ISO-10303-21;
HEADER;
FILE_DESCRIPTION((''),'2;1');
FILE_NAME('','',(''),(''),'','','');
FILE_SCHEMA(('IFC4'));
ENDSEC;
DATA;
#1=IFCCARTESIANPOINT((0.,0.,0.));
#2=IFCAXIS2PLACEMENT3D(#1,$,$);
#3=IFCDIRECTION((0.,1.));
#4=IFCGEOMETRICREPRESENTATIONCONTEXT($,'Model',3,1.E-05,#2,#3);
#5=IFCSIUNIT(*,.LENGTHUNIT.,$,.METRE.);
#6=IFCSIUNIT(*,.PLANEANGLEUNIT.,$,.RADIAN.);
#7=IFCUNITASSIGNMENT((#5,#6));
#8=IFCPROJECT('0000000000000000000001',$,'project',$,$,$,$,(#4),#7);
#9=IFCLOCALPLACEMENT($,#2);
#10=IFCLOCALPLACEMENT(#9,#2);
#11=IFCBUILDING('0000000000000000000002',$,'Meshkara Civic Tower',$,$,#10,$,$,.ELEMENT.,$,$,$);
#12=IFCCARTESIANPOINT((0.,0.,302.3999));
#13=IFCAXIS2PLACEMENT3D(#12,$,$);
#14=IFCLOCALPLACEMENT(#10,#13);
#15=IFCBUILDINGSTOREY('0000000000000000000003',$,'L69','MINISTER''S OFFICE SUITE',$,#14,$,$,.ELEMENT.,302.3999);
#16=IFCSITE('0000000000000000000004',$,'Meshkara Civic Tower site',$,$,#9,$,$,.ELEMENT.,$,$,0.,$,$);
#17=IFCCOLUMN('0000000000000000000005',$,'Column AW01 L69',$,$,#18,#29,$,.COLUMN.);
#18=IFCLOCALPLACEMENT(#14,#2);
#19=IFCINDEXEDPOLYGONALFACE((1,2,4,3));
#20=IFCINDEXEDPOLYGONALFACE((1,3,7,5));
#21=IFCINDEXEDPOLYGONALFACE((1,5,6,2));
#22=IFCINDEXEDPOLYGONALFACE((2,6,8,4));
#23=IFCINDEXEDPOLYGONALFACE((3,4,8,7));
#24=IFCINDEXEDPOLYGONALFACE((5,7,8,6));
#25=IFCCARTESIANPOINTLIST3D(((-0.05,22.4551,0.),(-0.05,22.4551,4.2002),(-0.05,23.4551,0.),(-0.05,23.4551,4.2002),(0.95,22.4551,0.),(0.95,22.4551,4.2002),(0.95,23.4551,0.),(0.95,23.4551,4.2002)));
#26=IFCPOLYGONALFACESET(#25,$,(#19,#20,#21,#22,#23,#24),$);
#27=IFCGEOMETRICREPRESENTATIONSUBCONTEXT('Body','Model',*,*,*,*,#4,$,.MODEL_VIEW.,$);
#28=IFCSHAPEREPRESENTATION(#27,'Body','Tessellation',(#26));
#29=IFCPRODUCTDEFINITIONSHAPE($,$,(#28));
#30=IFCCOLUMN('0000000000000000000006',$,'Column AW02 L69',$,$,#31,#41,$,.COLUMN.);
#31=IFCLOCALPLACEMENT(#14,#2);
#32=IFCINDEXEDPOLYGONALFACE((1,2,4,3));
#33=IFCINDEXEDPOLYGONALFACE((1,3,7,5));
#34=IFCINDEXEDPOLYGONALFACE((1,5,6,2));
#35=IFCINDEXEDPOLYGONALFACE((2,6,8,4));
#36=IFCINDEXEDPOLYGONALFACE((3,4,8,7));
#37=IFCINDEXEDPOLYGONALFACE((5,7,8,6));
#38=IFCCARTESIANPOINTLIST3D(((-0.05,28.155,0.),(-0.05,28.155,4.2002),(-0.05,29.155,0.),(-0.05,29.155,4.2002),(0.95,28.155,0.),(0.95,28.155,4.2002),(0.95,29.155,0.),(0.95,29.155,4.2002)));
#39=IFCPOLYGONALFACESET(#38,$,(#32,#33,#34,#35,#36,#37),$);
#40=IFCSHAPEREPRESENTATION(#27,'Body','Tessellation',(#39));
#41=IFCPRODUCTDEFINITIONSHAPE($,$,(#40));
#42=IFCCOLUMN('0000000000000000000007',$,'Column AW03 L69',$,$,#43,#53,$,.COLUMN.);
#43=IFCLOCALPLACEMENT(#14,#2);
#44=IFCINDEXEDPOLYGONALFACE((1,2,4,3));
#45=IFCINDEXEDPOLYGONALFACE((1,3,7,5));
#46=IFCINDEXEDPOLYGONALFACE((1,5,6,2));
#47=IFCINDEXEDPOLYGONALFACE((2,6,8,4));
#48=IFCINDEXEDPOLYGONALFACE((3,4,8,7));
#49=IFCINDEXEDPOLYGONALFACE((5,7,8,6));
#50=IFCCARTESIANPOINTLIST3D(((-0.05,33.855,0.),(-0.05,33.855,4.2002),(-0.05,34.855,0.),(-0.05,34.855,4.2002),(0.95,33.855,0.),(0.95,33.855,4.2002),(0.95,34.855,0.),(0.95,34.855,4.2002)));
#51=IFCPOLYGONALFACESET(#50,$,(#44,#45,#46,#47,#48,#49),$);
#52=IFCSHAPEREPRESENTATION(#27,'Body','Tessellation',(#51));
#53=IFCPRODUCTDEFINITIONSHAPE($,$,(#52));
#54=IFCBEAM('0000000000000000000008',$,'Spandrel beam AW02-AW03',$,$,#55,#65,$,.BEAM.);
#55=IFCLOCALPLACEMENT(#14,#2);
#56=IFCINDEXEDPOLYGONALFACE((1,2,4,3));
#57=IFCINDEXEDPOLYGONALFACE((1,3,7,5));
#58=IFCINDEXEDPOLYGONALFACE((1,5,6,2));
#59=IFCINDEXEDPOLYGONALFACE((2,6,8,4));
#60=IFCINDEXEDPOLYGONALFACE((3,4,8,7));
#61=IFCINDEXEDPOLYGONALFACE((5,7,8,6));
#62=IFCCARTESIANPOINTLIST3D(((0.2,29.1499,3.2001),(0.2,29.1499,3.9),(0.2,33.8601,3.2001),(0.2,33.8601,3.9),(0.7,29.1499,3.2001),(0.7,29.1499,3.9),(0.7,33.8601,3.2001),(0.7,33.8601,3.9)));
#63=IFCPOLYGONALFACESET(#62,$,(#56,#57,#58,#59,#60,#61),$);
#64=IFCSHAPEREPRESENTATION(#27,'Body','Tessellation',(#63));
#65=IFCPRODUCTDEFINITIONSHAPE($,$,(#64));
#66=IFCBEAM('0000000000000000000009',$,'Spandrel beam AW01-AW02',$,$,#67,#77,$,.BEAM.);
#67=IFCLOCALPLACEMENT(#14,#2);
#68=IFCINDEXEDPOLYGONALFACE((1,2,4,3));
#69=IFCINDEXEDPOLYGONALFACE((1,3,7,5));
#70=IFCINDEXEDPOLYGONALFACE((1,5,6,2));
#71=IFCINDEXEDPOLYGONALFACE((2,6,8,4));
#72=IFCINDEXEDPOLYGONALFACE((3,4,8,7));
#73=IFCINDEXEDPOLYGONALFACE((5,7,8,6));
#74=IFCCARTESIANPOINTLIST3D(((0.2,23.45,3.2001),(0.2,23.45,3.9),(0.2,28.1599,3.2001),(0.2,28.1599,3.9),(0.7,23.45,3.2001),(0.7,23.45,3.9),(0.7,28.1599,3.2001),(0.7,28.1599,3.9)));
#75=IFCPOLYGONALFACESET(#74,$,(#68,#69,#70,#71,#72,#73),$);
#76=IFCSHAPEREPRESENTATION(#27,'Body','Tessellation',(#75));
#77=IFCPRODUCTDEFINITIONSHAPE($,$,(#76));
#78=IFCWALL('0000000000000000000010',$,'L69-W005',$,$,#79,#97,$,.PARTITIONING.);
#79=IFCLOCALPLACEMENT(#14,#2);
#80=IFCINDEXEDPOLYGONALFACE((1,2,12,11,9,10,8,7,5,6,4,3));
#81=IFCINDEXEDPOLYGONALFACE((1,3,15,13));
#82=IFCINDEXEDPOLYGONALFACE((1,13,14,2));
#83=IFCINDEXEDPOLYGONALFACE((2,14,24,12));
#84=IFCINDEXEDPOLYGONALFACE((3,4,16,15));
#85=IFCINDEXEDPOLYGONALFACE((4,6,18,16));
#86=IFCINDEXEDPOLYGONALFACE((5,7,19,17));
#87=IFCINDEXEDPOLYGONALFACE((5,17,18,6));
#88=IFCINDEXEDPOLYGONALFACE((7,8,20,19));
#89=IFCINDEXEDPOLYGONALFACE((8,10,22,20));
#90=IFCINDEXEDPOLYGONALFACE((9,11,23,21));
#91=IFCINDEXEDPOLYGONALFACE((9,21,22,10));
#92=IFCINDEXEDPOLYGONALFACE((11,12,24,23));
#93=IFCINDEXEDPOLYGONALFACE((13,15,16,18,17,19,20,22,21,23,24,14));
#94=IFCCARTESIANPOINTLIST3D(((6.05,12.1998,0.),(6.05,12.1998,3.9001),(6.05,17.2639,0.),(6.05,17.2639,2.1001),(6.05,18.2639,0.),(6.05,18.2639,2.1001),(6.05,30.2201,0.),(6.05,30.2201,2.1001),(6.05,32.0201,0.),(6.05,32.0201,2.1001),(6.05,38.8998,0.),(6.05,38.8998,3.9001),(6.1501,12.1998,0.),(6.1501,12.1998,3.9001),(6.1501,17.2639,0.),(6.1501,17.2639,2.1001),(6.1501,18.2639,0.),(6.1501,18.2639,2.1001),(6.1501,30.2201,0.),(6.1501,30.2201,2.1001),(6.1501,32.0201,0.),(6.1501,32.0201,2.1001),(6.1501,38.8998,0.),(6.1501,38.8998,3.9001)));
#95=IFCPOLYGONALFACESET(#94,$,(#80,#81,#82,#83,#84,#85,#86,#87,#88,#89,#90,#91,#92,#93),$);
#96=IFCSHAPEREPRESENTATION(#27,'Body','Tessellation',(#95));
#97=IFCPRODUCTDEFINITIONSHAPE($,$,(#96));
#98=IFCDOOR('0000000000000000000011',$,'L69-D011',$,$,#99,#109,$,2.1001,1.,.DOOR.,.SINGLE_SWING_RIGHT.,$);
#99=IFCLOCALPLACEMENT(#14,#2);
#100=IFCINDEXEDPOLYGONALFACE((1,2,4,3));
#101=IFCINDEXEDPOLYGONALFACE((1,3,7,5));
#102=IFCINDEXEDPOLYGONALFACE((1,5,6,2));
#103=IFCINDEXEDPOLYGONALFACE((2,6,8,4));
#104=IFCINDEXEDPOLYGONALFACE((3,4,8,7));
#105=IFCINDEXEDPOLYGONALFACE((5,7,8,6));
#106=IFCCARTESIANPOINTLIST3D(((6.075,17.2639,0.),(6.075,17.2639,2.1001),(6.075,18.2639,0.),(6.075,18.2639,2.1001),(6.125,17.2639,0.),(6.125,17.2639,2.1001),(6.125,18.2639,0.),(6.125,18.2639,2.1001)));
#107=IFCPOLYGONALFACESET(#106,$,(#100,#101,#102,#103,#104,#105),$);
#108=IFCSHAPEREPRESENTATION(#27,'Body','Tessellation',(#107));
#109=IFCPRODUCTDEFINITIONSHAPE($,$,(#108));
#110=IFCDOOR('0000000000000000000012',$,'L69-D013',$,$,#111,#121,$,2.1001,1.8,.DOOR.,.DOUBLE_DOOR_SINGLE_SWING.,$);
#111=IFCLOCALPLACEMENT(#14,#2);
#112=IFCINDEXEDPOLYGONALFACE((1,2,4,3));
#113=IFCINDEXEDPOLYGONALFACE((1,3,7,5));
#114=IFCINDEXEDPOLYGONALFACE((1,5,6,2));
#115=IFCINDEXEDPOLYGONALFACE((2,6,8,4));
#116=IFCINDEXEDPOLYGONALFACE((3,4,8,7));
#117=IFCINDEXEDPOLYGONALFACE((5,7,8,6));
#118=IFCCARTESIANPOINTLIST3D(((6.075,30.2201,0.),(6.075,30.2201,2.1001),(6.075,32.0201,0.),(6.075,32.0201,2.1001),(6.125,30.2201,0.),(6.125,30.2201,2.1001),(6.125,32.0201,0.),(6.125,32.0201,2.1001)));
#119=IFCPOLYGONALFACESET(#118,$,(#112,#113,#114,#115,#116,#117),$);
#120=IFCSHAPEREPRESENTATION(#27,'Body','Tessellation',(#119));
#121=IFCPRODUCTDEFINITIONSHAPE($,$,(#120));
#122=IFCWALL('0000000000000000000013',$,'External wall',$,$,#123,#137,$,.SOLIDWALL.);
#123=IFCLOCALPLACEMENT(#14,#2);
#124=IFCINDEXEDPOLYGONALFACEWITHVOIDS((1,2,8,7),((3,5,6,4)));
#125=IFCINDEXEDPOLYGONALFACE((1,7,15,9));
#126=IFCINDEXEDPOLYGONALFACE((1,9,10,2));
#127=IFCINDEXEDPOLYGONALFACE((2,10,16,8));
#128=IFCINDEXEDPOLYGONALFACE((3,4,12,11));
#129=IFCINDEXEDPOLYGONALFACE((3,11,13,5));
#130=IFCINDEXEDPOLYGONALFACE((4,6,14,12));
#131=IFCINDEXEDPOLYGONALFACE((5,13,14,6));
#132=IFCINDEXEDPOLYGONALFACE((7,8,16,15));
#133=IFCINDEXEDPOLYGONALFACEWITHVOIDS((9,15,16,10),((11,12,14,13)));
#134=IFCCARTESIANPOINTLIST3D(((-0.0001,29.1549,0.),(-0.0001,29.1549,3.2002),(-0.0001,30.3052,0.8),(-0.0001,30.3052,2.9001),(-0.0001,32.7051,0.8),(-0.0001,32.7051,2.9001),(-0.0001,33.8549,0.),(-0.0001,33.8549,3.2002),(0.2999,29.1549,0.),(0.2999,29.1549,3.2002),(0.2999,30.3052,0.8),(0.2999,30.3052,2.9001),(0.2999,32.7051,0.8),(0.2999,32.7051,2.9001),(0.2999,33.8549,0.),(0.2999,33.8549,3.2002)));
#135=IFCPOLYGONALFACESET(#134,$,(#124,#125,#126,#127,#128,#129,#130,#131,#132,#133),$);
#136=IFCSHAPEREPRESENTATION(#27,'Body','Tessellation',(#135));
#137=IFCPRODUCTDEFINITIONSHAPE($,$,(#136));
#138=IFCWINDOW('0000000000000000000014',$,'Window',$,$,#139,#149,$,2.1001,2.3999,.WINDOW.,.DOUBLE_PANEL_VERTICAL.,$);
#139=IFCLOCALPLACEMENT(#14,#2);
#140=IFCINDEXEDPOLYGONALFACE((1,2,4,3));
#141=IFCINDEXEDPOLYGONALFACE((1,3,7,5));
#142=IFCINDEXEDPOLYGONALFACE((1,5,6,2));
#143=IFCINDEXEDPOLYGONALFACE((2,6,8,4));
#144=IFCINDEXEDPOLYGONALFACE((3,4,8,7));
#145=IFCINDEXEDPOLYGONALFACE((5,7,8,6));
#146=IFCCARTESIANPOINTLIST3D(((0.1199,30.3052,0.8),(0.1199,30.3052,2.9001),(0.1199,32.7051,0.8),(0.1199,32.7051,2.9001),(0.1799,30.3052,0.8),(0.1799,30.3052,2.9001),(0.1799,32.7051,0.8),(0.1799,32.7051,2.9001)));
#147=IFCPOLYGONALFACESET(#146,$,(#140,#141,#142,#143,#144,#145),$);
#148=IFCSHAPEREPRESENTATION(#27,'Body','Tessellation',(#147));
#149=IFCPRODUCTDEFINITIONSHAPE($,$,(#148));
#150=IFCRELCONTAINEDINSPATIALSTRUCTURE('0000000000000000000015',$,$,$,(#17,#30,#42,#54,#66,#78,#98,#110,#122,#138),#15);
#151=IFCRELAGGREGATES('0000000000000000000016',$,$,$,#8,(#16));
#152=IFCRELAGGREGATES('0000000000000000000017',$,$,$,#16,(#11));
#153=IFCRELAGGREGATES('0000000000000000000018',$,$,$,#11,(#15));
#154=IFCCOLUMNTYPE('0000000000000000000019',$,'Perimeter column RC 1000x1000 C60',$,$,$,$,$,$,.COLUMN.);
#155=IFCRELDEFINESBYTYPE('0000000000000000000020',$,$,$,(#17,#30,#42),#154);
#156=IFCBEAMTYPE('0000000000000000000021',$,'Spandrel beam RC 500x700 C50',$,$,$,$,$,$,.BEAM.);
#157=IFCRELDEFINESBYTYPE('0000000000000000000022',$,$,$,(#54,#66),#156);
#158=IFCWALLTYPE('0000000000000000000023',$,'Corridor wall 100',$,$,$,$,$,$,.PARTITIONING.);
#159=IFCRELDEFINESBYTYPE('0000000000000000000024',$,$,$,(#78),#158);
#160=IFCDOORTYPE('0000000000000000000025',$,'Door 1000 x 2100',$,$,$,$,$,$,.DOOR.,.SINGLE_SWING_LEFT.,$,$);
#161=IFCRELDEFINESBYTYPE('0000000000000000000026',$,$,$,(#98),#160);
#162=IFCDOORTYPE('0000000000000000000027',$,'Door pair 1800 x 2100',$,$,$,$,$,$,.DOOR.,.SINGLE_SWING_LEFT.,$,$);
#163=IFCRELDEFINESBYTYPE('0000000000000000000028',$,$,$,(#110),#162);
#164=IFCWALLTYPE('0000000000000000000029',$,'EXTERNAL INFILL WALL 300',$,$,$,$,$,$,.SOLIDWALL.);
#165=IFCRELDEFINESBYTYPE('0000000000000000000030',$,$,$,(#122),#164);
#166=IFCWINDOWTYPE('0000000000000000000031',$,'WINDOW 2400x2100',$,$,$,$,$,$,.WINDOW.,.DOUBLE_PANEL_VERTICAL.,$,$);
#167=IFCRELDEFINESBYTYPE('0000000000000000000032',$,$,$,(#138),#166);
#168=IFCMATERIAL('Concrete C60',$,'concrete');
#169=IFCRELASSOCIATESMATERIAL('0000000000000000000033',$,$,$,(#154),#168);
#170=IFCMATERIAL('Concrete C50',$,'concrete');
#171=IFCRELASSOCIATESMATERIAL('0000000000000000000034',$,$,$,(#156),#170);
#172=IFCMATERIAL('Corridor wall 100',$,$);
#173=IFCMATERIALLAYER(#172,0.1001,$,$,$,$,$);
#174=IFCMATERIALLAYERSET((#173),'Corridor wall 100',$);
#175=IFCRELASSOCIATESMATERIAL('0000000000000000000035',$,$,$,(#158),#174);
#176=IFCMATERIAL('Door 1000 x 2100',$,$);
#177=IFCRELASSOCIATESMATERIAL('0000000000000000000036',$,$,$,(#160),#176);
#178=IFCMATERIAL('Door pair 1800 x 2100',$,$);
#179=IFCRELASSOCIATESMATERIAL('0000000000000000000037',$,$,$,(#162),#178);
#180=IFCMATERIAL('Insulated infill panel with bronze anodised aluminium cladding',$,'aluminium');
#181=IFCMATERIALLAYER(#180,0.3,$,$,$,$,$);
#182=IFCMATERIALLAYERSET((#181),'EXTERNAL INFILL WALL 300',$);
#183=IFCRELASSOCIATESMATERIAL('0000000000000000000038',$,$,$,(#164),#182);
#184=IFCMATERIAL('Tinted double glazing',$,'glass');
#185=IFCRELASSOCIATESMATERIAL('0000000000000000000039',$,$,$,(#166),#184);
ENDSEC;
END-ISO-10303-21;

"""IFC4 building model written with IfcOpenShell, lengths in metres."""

from ifc_helpers import new_model, si_unit, direction, frame, frame_2d, origin, origin_2d, place, context, subcontext, project, spatial, rectangle, extrude, material, layer, layer_set, material_profile, profile_set, type_object, element, fill, save


model = new_model("IFC4")

# Units and contexts
model_context = context("Model", 3, precision=1e-05, world=origin(), true_north=direction((0.0, 1.0)))
body_context = subcontext(model_context, "Body", "Model", "MODEL_VIEW")
ifc_project = project(units=[si_unit("LENGTHUNIT", "METRE"), si_unit("PLANEANGLEUNIT", "RADIAN")], contexts=[model_context])

# Site, building, storey
site_placement = place(None, origin())
site = spatial("IfcSite", under=ifc_project, at=site_placement, Name="Meshkara Civic Tower site", CompositionType="ELEMENT", RefElevation=0.0)
building_placement = place(site_placement, origin())
building = spatial("IfcBuilding", under=site, at=building_placement, Name="Meshkara Civic Tower", CompositionType="ELEMENT")
storey_placement = place(building_placement, frame((0.0, 0.0, 302.3999)))
storey = spatial("IfcBuildingStorey", under=building, at=storey_placement, Name="L69", Description="MINISTER'S OFFICE SUITE", CompositionType="ELEMENT", Elevation=302.3999)

# Columns
ifc_material_1 = material(Name="Concrete C60", Category="concrete")
ifc_material_profile_1 = material_profile(ifc_material_1, rectangle(XDim=1.0, YDim=1.0, at=origin_2d()))
ifc_profile_set_1 = profile_set([ifc_material_profile_1], Name="Concrete C60")
column_type = type_object("IfcColumnType", Name="Perimeter column RC 1000x1000 C60", PredefinedType="COLUMN", material=ifc_profile_set_1)
for number, where, z_axis, x_axis, name in (
    (1, (0.45, 22.9551, 0.0), (0.0, 0.0, 1.0), (1.0, 0.0, 0.0), "Column AW01 L69"),
    (2, (0.45, 28.655, 0.0), (0.0, 0.0, 1.0), (1.0, 0.0, 0.0), "Column AW02 L69"),
    (3, (0.45, 34.355, 0.0), (0.0, 0.0, 1.0), (1.0, 0.0, 0.0), "Column AW03 L69"),
):
    element("IfcColumn", number, at=place(storey_placement, frame(where, z_axis=z_axis, x_axis=x_axis)), inside=storey, type_object=column_type, Name=name, PredefinedType="COLUMN", context=body_context, shape_type="SweptSolid", body=[
        extrude(rectangle(XDim=1.0, YDim=1.0, at=origin_2d()), origin(), (0.0, 0.0, 1.0), 4.2002),
    ])

# Beams
ifc_material_2 = material(Name="Concrete C50", Category="concrete")
ifc_material_profile_2 = material_profile(ifc_material_2, rectangle(XDim=0.5, YDim=0.7, at=origin_2d()))
ifc_profile_set_2 = profile_set([ifc_material_profile_2], Name="Concrete C50")
beam_type = type_object("IfcBeamType", Name="Spandrel beam RC 500x700 C50", PredefinedType="BEAM", material=ifc_profile_set_2)
beam_1_placement = place(storey_placement, frame((0.45, 33.8601, 3.55), z_axis=(0.0, -1.0, 0.0), x_axis=(1.0, 0.0, 0.0)))
element("IfcBeam", 4, at=beam_1_placement, inside=storey, type_object=beam_type, Name="Spandrel beam AW02-AW03", PredefinedType="BEAM", context=body_context, shape_type="SweptSolid", body=[
    extrude(rectangle(XDim=0.5, YDim=0.7, at=origin_2d()), origin(), (0.0, 0.0, 1.0), 4.7102),
])
beam_2_placement = place(storey_placement, frame((0.45, 28.1599, 3.55), z_axis=(0.0, -1.0, 0.0), x_axis=(1.0, 0.0, 0.0)))
element("IfcBeam", 5, at=beam_2_placement, inside=storey, type_object=beam_type, Name="Spandrel beam AW01-AW02", PredefinedType="BEAM", context=body_context, shape_type="SweptSolid", body=[
    extrude(rectangle(XDim=0.5, YDim=0.7, at=origin_2d()), origin(), (0.0, 0.0, 1.0), 4.71),
])

# Wall, openings, doors
ifc_material_3 = material(Name="Corridor wall 100")
ifc_layer_1 = layer(ifc_material_3, 0.1001)
ifc_layer_set_1 = layer_set([ifc_layer_1], Name="Corridor wall 100")
wall_type_1 = type_object("IfcWallType", Name="Corridor wall 100", PredefinedType="PARTITIONING", material=ifc_layer_set_1)
wall_1_placement = place(storey_placement, frame((6.1001, 38.8999, 0.0), z_axis=(0.0, 0.0, 1.0), x_axis=(0.0, -1.0, 0.0)))
wall_1 = element("IfcWall", 6, at=wall_1_placement, inside=storey, type_object=wall_type_1, Name="L69-W005", PredefinedType="PARTITIONING", context=body_context, shape_type="SweptSolid", body=[
    extrude(rectangle(XDim=26.7, YDim=0.1001, at=frame_2d((13.3501, 0.0))), origin(), (0.0, 0.0, 1.0), 3.9001),
])
opening_1_placement = place(wall_1_placement, frame((20.636, 0.0, 0.0)))
opening_1 = element("IfcOpeningElement", 7, at=opening_1_placement, cuts=wall_1, PredefinedType="OPENING", context=body_context, shape_type="SweptSolid", body=[
    extrude(rectangle(XDim=1.0, YDim=2.1001, at=frame_2d((0.5, 1.05))), frame((0.0, 0.0601, 0.0), z_axis=(0.0, -1.0, 0.0), x_axis=(1.0, 0.0, 0.0)), (0.0, 0.0, 1.0), 0.1201),
])
opening_2_placement = place(wall_1_placement, frame((6.8799, 0.0, 0.0)))
opening_2 = element("IfcOpeningElement", 8, at=opening_2_placement, cuts=wall_1, PredefinedType="OPENING", context=body_context, shape_type="SweptSolid", body=[
    extrude(rectangle(XDim=1.8, YDim=2.1001, at=frame_2d((0.8999, 1.05))), frame((0.0, 0.0601, 0.0), z_axis=(0.0, -1.0, 0.0), x_axis=(1.0, 0.0, 0.0)), (0.0, 0.0, 1.0), 0.1201),
])
ifc_material_4 = material(Name="Door 1000 x 2100")
door_type_1 = type_object("IfcDoorType", Name="Door 1000 x 2100", OperationType="SINGLE_SWING_LEFT", PredefinedType="DOOR", material=ifc_material_4)
door_1_placement = place(opening_1_placement, origin())
door_1 = element("IfcDoor", 9, at=door_1_placement, inside=storey, type_object=door_type_1, Name="L69-D011", OperationType="SINGLE_SWING_RIGHT", OverallHeight=2.1001, OverallWidth=1.0, PredefinedType="DOOR", context=body_context, shape_type="SweptSolid", body=[
    extrude(rectangle(XDim=1.0, YDim=2.1001, at=frame_2d((0.5, 1.05))), frame((0.0, 0.0249, 0.0), z_axis=(0.0, -1.0, 0.0), x_axis=(1.0, 0.0, 0.0)), (0.0, 0.0, 1.0), 0.05),
])
fill(opening_1, door_1)
ifc_material_5 = material(Name="Door pair 1800 x 2100")
door_type_2 = type_object("IfcDoorType", Name="Door pair 1800 x 2100", OperationType="SINGLE_SWING_LEFT", PredefinedType="DOOR", material=ifc_material_5)
door_2_placement = place(opening_2_placement, origin())
door_2 = element("IfcDoor", 10, at=door_2_placement, inside=storey, type_object=door_type_2, Name="L69-D013", OperationType="DOUBLE_DOOR_SINGLE_SWING", OverallHeight=2.1001, OverallWidth=1.8, PredefinedType="DOOR", context=body_context, shape_type="SweptSolid", body=[
    extrude(rectangle(XDim=1.8, YDim=2.1001, at=frame_2d((0.8999, 1.05))), frame((0.0, 0.0249, 0.0), z_axis=(0.0, -1.0, 0.0), x_axis=(1.0, 0.0, 0.0)), (0.0, 0.0, 1.0), 0.05),
])
fill(opening_2, door_2)

# Wall, opening, window
ifc_material_6 = material(Name="Insulated infill panel with bronze anodised aluminium cladding", Category="aluminium")
ifc_layer_2 = layer(ifc_material_6, 0.3)
ifc_layer_set_2 = layer_set([ifc_layer_2], Name="EXTERNAL INFILL WALL 300")
wall_type_2 = type_object("IfcWallType", Name="EXTERNAL INFILL WALL 300", PredefinedType="SOLIDWALL", material=ifc_layer_set_2)
wall_2_placement = place(storey_placement, frame((0.1499, 33.855, 0.0), z_axis=(0.0, 0.0, 1.0), x_axis=(0.0, -1.0, 0.0)))
wall_2 = element("IfcWall", 11, at=wall_2_placement, inside=storey, type_object=wall_type_2, Name="External wall", PredefinedType="SOLIDWALL", context=body_context, shape_type="SweptSolid", body=[
    extrude(rectangle(XDim=4.7, YDim=0.3, at=frame_2d((2.3501, 0.0))), origin(), (0.0, 0.0, 1.0), 3.2002),
])
opening_3_placement = place(wall_2_placement, frame((1.1499, 0.0, 0.8)))
opening_3 = element("IfcOpeningElement", 12, at=opening_3_placement, cuts=wall_2, PredefinedType="OPENING", context=body_context, shape_type="SweptSolid", body=[
    extrude(rectangle(XDim=2.3999, YDim=2.1001, at=frame_2d((1.2, 1.05))), frame((0.0, 0.1599, 0.0), z_axis=(0.0, -1.0, 0.0), x_axis=(1.0, 0.0, 0.0)), (0.0, 0.0, 1.0), 0.3201),
])
ifc_material_7 = material(Name="Tinted double glazing", Category="glass")
window_type = type_object("IfcWindowType", Name="WINDOW 2400x2100", PartitioningType="DOUBLE_PANEL_VERTICAL", PredefinedType="WINDOW", material=ifc_material_7)
window_1_placement = place(opening_3_placement, origin())
window_1 = element("IfcWindow", 13, at=window_1_placement, inside=storey, type_object=window_type, Name="Window", OverallHeight=2.1001, OverallWidth=2.3999, PartitioningType="DOUBLE_PANEL_VERTICAL", PredefinedType="WINDOW", context=body_context, shape_type="SweptSolid", body=[
    extrude(rectangle(XDim=2.3999, YDim=2.1001, at=frame_2d((1.2, 1.05))), frame((0.0, 0.03, 0.0), z_axis=(0.0, -1.0, 0.0), x_axis=(1.0, 0.0, 0.0)), (0.0, 0.0, 1.0), 0.0601),
])
fill(opening_3, window_1)

save(model, "model.ifc")
